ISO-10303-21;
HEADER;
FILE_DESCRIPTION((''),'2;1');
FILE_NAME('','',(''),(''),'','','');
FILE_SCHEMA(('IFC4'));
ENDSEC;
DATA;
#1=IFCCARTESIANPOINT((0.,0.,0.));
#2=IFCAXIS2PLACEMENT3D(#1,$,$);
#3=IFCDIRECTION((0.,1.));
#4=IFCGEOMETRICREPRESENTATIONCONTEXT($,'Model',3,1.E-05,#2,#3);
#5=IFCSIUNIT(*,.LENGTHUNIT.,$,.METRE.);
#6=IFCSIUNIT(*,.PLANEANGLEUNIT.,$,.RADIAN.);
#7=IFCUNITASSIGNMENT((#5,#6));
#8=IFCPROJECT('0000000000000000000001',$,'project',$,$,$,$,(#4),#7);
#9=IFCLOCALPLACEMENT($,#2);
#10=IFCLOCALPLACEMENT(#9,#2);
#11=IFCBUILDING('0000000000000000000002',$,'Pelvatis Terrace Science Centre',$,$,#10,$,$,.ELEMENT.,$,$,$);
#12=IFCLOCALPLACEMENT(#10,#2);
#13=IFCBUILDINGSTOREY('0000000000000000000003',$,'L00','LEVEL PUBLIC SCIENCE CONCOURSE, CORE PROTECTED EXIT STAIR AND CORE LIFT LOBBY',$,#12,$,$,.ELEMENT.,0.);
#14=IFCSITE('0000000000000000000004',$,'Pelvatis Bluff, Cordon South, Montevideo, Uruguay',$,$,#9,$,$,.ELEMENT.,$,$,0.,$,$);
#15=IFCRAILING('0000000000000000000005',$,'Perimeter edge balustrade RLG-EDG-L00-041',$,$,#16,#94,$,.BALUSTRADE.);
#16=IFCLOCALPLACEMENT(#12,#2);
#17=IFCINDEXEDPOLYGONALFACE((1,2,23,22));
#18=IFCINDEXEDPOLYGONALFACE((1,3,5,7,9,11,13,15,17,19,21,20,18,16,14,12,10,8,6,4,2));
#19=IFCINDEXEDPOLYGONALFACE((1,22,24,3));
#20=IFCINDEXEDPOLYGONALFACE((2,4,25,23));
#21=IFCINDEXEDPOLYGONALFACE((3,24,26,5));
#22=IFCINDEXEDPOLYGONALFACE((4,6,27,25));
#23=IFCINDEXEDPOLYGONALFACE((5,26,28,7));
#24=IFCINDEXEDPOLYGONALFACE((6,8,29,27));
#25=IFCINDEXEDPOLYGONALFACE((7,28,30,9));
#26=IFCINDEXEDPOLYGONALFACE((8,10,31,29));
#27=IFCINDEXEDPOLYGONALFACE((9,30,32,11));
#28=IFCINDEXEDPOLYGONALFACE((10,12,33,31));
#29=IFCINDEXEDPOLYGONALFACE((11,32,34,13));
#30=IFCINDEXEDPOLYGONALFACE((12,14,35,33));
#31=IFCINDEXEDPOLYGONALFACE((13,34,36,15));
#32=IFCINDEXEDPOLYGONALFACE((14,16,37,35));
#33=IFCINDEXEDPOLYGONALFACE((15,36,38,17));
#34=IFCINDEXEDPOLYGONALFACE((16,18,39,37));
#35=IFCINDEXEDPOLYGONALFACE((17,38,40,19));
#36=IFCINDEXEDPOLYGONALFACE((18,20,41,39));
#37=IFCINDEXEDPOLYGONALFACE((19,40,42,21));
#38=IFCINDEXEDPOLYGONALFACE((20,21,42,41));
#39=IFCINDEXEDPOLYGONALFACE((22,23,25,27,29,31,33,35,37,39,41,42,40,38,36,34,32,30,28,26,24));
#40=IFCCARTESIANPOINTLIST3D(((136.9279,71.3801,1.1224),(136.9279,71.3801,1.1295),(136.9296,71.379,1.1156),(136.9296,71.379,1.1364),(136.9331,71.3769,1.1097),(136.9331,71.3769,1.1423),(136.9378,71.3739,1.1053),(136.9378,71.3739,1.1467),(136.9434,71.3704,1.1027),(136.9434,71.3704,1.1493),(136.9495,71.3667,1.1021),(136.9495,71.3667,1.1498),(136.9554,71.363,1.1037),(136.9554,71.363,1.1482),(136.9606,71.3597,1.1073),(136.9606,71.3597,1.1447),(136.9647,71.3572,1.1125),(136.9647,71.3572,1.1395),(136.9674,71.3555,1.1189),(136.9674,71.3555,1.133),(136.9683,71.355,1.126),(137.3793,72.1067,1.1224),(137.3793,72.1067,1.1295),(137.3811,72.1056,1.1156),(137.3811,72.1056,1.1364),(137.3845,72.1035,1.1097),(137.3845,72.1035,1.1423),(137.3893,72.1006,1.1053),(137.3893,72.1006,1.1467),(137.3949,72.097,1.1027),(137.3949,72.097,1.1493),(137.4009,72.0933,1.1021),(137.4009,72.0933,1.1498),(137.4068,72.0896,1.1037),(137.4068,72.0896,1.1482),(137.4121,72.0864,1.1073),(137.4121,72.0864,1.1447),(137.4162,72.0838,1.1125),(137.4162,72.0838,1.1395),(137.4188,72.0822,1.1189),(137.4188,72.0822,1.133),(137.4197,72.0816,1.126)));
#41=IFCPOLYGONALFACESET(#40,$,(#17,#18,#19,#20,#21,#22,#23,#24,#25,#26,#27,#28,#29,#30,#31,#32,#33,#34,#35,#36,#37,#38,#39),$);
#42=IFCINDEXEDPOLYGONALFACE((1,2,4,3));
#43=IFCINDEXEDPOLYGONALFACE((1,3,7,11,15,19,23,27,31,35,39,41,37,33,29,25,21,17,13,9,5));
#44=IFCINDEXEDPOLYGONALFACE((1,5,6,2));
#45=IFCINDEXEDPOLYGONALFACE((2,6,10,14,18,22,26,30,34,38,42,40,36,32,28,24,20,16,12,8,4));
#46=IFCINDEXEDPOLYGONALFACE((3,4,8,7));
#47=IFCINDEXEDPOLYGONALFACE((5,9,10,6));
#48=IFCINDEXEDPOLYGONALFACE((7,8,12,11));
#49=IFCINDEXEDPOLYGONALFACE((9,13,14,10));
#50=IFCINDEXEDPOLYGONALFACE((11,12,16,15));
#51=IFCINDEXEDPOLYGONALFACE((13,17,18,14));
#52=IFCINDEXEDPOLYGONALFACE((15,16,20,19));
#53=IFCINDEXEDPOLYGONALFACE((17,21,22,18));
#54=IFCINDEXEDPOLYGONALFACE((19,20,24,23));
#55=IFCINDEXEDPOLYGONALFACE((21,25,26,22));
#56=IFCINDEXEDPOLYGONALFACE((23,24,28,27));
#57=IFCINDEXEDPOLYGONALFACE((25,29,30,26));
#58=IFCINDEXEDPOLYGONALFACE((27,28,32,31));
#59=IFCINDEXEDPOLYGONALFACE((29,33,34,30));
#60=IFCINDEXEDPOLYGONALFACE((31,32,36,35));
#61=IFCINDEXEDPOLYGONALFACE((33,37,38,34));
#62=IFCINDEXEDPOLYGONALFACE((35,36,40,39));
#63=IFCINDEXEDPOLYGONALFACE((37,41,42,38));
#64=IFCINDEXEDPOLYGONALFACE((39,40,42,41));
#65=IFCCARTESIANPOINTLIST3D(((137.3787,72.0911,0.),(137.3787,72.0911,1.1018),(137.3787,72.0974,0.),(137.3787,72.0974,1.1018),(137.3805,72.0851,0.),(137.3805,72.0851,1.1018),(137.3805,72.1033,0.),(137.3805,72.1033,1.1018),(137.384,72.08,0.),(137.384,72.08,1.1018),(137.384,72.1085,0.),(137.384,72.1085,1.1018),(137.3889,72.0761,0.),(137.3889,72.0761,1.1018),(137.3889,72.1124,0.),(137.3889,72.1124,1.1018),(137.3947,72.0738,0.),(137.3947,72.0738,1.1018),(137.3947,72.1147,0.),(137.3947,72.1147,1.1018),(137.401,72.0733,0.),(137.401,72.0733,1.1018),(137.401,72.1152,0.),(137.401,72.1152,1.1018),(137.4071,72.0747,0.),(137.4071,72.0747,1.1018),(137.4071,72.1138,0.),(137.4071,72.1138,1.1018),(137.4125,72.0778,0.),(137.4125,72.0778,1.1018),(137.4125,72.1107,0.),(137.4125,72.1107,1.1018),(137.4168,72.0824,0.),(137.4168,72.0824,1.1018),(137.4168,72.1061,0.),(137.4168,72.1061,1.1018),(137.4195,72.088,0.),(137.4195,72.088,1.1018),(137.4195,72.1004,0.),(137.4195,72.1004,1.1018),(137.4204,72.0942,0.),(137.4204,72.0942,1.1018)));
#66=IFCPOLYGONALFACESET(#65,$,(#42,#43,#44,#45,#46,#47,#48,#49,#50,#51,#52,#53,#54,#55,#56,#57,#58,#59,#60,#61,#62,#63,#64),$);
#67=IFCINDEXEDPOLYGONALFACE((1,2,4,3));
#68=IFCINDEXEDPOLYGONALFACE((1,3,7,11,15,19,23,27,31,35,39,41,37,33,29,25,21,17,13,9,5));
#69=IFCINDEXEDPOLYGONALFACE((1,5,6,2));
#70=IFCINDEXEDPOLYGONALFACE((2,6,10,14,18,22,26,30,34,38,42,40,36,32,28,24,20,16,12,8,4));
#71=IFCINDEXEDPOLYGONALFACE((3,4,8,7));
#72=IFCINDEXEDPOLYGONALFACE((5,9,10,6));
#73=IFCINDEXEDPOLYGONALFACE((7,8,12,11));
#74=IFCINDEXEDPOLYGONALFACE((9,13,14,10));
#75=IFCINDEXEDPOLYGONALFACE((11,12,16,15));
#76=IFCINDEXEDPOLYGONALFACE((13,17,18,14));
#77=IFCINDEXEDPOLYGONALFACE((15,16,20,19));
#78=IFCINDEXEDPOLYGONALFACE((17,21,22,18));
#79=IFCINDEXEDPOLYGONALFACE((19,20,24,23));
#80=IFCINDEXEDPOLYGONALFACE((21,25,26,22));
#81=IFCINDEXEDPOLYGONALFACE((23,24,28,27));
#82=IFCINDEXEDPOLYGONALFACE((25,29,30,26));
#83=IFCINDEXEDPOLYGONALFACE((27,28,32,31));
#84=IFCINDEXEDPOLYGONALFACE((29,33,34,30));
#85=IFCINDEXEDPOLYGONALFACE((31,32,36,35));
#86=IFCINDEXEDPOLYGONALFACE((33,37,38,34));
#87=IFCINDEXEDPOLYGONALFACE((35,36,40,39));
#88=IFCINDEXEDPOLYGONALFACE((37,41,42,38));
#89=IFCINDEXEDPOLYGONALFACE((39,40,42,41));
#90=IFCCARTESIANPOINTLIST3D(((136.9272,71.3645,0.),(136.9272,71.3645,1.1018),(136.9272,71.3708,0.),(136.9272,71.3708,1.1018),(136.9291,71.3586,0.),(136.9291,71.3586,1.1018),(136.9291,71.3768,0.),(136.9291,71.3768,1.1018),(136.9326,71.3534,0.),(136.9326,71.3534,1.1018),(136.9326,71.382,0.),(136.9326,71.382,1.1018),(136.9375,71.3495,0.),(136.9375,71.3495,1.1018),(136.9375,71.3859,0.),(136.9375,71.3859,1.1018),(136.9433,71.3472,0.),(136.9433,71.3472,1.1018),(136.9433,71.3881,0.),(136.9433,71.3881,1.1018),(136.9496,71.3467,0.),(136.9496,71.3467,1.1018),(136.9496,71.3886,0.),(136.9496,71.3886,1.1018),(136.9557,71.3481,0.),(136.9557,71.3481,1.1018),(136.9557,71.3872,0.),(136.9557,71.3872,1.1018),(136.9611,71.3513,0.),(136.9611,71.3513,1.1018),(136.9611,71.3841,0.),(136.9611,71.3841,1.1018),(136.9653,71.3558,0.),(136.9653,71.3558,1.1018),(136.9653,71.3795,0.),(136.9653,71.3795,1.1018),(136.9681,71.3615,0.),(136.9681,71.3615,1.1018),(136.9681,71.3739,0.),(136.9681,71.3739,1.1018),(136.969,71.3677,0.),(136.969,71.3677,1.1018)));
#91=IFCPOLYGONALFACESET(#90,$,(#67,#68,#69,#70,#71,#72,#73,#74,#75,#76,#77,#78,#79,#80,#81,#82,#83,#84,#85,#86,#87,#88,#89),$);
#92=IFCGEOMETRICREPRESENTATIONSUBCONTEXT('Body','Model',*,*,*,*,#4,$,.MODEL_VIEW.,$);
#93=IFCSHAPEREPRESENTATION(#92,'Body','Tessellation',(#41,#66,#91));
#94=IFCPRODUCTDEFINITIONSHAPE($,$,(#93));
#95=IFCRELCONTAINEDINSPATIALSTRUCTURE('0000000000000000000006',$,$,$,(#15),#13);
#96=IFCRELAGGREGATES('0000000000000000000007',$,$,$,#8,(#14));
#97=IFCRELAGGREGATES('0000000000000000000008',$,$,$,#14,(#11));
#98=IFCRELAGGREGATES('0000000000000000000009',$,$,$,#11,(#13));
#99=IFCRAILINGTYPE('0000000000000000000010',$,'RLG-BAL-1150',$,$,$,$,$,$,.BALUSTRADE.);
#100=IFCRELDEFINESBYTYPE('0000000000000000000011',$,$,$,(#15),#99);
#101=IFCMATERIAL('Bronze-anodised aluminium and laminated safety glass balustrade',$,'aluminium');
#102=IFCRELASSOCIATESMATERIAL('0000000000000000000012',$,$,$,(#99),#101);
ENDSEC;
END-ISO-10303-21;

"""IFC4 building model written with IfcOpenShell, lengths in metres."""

from ifc_helpers import new_model, si_unit, direction, frame, origin, origin_2d, place, context, subcontext, project, spatial, circle, extrude, material, type_object, element, save


model = new_model("IFC4")

# Units and contexts
model_context = context("Model", 3, precision=1e-05, world=origin(), true_north=direction((0.0, 1.0)))
body_context = subcontext(model_context, "Body", "Model", "MODEL_VIEW")
ifc_project = project(units=[si_unit("LENGTHUNIT", "METRE"), si_unit("PLANEANGLEUNIT", "RADIAN")], contexts=[model_context])

# Site, building, storey
site_placement = place(None, origin())
site = spatial("IfcSite", under=ifc_project, at=site_placement, Name="Pelvatis Bluff, Cordon South, Montevideo, Uruguay", CompositionType="ELEMENT", RefElevation=0.0)
building_placement = place(site_placement, origin())
building = spatial("IfcBuilding", under=site, at=building_placement, Name="Pelvatis Terrace Science Centre", CompositionType="ELEMENT")
storey_placement = place(building_placement, origin())
storey = spatial("IfcBuildingStorey", under=building, at=storey_placement, Name="L00", Description="LEVEL PUBLIC SCIENCE CONCOURSE, CORE PROTECTED EXIT STAIR AND CORE LIFT LOBBY", CompositionType="ELEMENT", Elevation=0.0)

# Railing
ifc_material_1 = material(Name="Bronze-anodised aluminium and laminated safety glass balustrade", Category="aluminium")
railing_type = type_object("IfcRailingType", Name="RLG-BAL-1150", PredefinedType="BALUSTRADE", material=ifc_material_1)
railing_placement = place(storey_placement, frame((137.3994, 72.0942, 0.0)))
element("IfcRailing", 1, at=railing_placement, inside=storey, type_object=railing_type, Name="Perimeter edge balustrade RLG-EDG-L00-041", PredefinedType="BALUSTRADE", context=body_context, shape_type="SweptSolid", body=[
    extrude(circle(Radius=0.0239, at=origin_2d()), frame((0.0, 0.0, 1.126), z_axis=(-0.527739, -0.849406, 0.0), x_axis=(0.849406, -0.527739, 0.0)), (0.0, 0.0, 1.0), 0.8555),
    extrude(circle(Radius=0.021, at=origin_2d()), origin(), (0.0, 0.0, 1.0), 1.1018),
    extrude(circle(Radius=0.021, at=origin_2d()), frame((-0.4514, -0.7266, 0.0)), (0.0, 0.0, 1.0), 1.1018),
])

save(model, "model.ifc")
